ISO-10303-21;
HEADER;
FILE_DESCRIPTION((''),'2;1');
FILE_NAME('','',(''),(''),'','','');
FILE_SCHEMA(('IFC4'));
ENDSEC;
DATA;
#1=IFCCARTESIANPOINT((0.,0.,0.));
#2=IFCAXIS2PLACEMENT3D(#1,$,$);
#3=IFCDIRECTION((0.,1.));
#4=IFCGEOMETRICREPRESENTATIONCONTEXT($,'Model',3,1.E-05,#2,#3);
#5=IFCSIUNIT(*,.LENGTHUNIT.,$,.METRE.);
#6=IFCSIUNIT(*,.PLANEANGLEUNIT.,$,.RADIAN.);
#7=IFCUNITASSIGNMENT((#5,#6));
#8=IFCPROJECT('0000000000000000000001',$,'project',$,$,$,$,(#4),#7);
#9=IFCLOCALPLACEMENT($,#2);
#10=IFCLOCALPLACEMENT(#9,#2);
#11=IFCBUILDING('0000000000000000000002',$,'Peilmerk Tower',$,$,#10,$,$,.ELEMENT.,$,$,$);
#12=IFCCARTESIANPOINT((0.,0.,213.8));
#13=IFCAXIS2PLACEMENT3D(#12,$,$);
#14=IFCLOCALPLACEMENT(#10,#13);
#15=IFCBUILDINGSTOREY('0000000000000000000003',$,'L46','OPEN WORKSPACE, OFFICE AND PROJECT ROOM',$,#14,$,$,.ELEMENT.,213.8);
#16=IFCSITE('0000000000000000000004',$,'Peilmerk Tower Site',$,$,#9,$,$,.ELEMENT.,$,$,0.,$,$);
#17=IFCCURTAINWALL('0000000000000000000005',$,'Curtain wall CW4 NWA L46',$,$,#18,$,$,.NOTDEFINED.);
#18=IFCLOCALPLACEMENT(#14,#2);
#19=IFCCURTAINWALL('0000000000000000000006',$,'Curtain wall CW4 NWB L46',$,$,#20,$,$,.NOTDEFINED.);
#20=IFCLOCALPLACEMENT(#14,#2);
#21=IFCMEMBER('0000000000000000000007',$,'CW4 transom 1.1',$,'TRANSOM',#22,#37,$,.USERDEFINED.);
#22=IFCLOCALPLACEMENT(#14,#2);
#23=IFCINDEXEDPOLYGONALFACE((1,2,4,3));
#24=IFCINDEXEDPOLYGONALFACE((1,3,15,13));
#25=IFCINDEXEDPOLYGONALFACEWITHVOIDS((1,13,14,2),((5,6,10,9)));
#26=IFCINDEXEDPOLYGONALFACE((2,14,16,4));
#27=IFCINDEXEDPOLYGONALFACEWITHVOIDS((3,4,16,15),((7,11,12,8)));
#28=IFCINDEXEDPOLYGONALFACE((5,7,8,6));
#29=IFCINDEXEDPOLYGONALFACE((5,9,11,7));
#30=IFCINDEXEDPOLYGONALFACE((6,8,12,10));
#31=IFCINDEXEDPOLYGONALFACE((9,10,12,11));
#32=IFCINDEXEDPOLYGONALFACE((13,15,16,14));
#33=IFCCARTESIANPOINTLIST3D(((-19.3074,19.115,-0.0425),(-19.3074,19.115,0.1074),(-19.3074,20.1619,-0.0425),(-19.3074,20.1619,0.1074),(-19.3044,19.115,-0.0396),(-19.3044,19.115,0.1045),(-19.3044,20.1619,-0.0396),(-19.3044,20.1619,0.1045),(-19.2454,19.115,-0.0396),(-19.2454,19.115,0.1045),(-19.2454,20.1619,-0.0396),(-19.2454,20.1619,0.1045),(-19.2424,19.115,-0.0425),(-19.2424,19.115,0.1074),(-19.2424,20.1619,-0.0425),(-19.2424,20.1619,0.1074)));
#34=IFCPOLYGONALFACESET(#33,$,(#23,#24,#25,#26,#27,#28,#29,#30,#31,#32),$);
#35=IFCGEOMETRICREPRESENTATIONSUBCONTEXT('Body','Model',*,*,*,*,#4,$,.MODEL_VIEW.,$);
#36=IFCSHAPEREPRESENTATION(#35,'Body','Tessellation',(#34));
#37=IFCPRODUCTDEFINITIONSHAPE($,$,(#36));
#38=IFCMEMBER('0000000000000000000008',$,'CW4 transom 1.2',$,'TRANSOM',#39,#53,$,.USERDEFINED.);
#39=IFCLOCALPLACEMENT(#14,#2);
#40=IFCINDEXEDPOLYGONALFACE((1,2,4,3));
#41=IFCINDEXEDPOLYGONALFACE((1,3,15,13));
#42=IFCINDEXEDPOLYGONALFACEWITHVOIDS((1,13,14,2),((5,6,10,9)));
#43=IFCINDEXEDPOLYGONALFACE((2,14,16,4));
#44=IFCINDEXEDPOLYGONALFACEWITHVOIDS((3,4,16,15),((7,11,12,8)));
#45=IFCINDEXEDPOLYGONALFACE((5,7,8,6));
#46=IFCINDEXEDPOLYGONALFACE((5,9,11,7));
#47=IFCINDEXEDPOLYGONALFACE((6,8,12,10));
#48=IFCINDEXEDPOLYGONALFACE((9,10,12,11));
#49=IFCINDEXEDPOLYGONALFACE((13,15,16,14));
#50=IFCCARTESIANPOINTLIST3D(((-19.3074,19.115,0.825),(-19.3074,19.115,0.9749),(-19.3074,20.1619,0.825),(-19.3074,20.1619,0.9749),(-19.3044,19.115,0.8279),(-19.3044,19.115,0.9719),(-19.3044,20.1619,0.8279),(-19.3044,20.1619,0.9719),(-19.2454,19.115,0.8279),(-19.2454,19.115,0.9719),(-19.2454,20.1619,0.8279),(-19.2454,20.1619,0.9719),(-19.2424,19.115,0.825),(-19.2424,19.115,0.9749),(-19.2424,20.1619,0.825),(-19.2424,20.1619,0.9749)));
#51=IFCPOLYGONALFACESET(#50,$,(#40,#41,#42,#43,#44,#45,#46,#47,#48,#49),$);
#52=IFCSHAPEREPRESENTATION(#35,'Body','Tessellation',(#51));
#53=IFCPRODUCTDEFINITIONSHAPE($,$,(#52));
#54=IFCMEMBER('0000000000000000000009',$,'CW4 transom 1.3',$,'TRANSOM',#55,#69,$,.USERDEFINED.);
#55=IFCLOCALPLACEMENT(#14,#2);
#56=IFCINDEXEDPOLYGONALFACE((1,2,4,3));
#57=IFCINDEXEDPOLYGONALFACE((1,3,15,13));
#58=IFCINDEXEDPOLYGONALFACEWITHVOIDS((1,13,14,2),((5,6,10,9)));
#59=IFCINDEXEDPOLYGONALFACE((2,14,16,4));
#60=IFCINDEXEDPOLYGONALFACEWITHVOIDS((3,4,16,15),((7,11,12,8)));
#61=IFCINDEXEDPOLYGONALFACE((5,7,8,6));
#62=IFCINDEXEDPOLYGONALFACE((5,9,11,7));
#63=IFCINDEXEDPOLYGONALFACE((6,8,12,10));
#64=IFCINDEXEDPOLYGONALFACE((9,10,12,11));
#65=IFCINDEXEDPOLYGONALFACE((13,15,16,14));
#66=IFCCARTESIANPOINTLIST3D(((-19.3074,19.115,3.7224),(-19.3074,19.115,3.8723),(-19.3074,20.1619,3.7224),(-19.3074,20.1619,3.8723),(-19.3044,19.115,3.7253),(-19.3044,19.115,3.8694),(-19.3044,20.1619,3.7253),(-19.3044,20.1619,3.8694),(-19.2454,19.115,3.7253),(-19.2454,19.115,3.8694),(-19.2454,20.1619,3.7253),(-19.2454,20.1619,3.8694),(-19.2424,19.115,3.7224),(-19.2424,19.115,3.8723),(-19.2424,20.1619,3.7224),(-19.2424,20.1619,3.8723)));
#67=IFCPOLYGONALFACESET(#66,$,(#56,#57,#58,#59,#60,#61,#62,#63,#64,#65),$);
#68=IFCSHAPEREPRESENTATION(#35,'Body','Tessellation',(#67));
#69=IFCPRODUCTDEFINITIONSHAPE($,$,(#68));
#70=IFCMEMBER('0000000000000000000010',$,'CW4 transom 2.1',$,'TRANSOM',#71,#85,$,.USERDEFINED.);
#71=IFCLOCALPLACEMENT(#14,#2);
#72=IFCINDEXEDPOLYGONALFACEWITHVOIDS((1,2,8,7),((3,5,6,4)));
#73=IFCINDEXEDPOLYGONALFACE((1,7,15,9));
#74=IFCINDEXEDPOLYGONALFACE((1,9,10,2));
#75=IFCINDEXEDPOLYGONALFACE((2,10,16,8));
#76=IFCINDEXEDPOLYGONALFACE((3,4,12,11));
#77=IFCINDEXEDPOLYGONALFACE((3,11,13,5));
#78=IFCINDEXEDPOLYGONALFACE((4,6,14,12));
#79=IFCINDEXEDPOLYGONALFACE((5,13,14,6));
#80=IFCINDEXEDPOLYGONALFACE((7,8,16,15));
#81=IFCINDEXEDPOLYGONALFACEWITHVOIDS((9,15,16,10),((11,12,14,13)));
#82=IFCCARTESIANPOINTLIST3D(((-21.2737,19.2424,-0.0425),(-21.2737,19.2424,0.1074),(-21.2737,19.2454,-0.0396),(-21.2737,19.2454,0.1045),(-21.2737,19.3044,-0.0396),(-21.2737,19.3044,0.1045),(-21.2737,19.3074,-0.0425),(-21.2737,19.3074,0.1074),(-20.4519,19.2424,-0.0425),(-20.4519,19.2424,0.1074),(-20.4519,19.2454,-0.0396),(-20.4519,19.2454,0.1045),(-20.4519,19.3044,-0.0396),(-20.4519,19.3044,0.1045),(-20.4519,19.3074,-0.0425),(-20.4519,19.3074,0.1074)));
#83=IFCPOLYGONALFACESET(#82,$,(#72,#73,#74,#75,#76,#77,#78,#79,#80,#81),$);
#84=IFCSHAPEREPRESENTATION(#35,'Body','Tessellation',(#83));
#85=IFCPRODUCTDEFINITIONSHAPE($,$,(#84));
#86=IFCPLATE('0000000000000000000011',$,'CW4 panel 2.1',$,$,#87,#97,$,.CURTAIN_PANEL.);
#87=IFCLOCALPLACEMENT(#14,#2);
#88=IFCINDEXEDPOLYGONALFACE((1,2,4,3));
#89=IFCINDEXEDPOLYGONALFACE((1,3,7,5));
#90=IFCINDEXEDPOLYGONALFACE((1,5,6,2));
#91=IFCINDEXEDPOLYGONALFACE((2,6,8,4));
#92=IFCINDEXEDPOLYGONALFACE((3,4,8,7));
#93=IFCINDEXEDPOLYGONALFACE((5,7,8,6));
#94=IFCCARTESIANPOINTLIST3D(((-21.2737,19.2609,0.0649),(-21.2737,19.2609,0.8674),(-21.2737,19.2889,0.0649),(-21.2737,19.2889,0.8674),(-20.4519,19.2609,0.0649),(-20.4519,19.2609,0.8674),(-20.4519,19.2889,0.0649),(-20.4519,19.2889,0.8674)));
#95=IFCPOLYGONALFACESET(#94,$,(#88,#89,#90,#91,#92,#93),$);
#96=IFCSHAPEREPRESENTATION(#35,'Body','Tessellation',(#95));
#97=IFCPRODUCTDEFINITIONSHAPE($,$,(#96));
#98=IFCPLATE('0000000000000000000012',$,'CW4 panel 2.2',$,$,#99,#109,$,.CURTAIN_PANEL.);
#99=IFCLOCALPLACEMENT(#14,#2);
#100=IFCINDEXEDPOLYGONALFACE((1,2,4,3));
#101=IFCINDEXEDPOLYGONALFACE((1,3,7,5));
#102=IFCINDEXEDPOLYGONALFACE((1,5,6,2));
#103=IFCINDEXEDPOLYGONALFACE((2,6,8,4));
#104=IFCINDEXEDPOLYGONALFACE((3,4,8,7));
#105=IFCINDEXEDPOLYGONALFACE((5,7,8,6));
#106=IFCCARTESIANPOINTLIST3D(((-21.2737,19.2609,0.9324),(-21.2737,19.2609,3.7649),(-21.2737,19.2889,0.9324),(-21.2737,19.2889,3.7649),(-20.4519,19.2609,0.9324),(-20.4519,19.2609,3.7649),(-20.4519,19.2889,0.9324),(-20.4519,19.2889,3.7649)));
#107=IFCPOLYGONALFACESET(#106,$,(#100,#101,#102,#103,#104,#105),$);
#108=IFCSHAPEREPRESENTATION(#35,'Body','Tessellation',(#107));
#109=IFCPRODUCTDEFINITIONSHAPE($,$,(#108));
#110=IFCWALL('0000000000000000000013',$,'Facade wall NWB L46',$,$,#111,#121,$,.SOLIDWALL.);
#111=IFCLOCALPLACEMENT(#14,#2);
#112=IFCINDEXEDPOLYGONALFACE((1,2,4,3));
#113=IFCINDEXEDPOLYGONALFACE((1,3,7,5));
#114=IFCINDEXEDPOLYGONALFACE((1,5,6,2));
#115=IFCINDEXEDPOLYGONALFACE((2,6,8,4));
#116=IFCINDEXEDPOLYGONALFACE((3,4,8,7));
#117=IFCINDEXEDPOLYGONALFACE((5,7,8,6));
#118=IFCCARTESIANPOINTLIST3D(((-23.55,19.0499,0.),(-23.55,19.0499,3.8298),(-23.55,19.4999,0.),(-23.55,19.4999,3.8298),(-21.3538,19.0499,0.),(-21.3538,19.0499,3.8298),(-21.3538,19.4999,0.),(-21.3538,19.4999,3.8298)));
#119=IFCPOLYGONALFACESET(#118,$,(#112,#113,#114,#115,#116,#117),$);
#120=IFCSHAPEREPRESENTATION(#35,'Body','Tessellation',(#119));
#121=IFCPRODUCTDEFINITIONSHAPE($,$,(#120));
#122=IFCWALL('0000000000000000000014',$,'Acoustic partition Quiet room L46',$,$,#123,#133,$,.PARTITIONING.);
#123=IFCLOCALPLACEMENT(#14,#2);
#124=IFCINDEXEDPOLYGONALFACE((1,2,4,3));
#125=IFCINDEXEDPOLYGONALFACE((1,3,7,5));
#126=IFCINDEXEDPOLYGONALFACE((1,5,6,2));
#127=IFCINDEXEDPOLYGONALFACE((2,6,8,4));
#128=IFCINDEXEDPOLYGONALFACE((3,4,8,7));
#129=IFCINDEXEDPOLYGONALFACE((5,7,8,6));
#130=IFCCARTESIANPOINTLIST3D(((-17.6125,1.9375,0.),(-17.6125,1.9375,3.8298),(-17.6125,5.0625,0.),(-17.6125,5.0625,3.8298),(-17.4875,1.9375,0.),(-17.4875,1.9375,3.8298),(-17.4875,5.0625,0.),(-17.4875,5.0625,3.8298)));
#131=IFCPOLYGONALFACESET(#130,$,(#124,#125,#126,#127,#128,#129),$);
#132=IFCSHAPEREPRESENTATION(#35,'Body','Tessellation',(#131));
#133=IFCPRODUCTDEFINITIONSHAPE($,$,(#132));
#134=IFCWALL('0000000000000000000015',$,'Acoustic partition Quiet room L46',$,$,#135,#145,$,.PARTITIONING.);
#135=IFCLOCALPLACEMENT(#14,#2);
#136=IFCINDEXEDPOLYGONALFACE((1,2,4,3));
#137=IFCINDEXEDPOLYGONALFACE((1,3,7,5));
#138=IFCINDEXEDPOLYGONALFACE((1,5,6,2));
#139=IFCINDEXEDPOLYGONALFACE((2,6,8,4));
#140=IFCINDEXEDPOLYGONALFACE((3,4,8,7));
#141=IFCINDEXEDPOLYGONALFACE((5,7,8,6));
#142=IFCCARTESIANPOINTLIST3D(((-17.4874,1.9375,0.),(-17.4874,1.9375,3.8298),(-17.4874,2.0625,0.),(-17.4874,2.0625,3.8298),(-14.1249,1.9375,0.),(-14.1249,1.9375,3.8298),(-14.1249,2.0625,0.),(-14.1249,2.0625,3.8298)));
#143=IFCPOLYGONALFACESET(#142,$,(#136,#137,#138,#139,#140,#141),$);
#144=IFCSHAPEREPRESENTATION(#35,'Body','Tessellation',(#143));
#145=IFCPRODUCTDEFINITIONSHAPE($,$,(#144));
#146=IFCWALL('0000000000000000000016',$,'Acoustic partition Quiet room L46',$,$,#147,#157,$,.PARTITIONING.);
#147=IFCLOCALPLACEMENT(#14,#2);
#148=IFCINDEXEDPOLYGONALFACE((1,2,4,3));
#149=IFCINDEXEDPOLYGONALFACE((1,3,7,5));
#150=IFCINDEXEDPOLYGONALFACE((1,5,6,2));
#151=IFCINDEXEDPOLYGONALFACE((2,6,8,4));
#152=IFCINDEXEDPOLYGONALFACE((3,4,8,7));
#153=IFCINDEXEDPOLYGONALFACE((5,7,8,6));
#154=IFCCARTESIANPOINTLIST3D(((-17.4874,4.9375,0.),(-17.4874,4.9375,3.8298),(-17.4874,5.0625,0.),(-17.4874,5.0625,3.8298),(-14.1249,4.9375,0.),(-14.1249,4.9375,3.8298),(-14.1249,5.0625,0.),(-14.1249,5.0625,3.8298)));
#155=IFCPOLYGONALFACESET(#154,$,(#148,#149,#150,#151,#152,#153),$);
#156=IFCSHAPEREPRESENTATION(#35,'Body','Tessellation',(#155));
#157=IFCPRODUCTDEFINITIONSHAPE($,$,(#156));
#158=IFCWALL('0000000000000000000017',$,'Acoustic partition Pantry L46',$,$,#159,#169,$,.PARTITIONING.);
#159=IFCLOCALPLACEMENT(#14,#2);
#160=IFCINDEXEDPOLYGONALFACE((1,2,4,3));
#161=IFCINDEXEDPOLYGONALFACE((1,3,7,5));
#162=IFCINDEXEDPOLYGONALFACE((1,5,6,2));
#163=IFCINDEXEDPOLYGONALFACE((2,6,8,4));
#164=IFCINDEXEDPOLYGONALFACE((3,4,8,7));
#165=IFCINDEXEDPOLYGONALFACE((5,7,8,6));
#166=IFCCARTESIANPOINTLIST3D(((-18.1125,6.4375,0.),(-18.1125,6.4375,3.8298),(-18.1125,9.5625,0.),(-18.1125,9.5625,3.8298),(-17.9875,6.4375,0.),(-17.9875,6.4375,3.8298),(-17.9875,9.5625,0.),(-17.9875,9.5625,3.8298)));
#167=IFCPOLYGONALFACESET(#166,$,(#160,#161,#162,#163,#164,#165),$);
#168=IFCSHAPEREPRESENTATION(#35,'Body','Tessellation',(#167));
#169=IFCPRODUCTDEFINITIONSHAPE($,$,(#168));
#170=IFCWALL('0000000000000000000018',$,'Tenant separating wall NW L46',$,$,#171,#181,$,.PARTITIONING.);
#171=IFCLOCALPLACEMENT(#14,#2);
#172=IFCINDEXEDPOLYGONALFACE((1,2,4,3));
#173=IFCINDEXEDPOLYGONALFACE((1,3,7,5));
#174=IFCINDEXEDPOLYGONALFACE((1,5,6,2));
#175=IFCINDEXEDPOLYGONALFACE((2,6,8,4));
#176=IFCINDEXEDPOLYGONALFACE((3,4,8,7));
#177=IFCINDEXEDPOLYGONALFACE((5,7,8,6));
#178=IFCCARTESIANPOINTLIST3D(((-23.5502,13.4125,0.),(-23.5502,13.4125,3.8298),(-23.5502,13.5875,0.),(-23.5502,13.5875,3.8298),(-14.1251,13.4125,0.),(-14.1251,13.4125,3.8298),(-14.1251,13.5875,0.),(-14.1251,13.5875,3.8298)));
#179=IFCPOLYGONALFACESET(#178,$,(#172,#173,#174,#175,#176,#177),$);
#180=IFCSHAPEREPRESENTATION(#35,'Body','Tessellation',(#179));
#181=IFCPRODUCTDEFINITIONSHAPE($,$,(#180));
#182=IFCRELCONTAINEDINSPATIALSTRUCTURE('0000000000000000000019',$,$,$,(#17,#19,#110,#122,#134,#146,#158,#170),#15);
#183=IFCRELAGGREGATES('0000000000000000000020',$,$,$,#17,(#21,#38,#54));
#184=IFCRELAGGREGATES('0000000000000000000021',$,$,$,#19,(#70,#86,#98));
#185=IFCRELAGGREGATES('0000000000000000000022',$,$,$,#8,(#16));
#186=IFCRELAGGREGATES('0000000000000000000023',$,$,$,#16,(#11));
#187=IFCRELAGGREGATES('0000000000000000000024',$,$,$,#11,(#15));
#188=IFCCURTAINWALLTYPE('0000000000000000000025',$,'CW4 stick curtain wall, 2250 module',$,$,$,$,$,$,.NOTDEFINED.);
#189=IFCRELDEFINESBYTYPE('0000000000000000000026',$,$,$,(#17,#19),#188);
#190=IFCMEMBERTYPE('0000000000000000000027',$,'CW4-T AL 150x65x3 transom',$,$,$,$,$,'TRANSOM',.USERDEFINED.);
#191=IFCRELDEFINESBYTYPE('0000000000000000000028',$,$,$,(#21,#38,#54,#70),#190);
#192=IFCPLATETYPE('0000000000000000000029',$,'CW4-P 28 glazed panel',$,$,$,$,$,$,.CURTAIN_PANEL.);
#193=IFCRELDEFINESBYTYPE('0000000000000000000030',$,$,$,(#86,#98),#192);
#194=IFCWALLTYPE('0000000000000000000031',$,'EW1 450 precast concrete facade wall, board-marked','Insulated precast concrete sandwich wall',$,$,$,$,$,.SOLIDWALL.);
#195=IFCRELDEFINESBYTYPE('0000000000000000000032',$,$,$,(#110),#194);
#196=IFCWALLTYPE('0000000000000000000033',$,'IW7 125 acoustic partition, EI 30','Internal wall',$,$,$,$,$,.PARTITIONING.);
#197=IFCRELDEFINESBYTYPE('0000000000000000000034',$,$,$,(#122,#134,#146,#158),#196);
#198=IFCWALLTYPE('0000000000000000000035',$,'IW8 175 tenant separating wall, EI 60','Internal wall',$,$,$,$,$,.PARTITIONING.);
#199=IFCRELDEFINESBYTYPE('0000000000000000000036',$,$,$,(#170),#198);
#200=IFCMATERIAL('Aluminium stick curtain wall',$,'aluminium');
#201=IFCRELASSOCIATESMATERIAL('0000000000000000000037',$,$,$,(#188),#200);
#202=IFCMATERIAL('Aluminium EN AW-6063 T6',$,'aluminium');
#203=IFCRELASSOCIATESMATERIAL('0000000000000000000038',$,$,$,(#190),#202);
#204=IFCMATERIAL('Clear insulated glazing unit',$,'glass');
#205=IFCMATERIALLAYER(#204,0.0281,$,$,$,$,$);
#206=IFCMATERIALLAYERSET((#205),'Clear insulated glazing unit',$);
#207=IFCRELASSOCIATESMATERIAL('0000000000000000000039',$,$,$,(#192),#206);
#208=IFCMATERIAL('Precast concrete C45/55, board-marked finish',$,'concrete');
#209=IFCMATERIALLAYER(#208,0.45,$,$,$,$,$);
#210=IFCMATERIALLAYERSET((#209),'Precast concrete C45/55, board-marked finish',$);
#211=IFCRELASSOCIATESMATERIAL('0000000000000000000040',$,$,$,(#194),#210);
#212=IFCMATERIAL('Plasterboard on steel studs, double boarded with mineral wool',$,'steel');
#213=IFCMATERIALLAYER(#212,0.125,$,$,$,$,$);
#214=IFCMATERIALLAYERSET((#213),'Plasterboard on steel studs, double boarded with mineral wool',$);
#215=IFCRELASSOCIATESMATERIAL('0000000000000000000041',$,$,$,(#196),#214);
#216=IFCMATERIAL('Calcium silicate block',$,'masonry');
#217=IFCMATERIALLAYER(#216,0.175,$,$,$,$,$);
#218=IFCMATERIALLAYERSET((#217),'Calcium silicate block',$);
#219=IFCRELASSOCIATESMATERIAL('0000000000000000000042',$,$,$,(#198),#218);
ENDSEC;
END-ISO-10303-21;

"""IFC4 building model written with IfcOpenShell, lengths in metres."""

from ifc_helpers import new_model, si_unit, direction, frame, frame_2d, origin, origin_2d, place, context, subcontext, project, spatial, rectangle, hollow_rectangle, extrude, material, layer, layer_set, material_profile, profile_set, type_object, element, aggregate, save


model = new_model("IFC4")

# Units and contexts
model_context = context("Model", 3, precision=1e-05, world=origin(), true_north=direction((0.0, 1.0)))
body_context = subcontext(model_context, "Body", "Model", "MODEL_VIEW")
ifc_project = project(units=[si_unit("LENGTHUNIT", "METRE"), si_unit("PLANEANGLEUNIT", "RADIAN")], contexts=[model_context])

# Site, building, storey
site_placement = place(None, origin())
site = spatial("IfcSite", under=ifc_project, at=site_placement, Name="Peilmerk Tower Site", CompositionType="ELEMENT", RefElevation=0.0)
building_placement = place(site_placement, origin())
building = spatial("IfcBuilding", under=site, at=building_placement, Name="Peilmerk Tower", CompositionType="ELEMENT")
storey_placement = place(building_placement, frame((0.0, 0.0, 213.8)))
storey = spatial("IfcBuildingStorey", under=building, at=storey_placement, Name="L46", Description="OPEN WORKSPACE, OFFICE AND PROJECT ROOM", CompositionType="ELEMENT", Elevation=213.8)

# Curtain walls
ifc_material_1 = material(Name="Aluminium stick curtain wall", Category="aluminium")
curtain_wall_type = type_object("IfcCurtainWallType", Name="CW4 stick curtain wall, 2250 module", PredefinedType="NOTDEFINED", material=ifc_material_1)
curtain_wall_1_placement = place(storey_placement, origin())
curtain_wall_1 = element("IfcCurtainWall", 1, at=curtain_wall_1_placement, inside=storey, type_object=curtain_wall_type, Name="Curtain wall CW4 NWA L46", PredefinedType="NOTDEFINED")
ifc_material_2 = material(Name="Aluminium EN AW-6063 T6", Category="aluminium")
curtain_wall_2_placement = place(storey_placement, origin())
curtain_wall_2 = element("IfcCurtainWall", 2, at=curtain_wall_2_placement, inside=storey, type_object=curtain_wall_type, Name="Curtain wall CW4 NWB L46", PredefinedType="NOTDEFINED")

# Members
ifc_material_profile_1 = material_profile(ifc_material_2, hollow_rectangle(XDim=0.0649, YDim=0.1499, WallThickness=0.0029, at=origin_2d()), Name="AL 150x65x3")
ifc_profile_set_1 = profile_set([ifc_material_profile_1], Name="Aluminium EN AW-6063 T6")
member_type_1 = type_object("IfcMemberType", Name="CW4-T AL 150x65x3 transom", ElementType="TRANSOM", PredefinedType="USERDEFINED", material=ifc_profile_set_1)
member_1_placement = place(storey_placement, frame((-19.2749, 19.115, 0.0325), z_axis=(0.0, 1.0, 0.0), x_axis=(-1.0, 0.0, 0.0)))
member_1 = element("IfcMember", 3, at=member_1_placement, type_object=member_type_1, Name="CW4 transom 1.1", ObjectType="TRANSOM", PredefinedType="USERDEFINED", context=body_context, shape_type="SweptSolid", body=[
    extrude(hollow_rectangle(XDim=0.0649, YDim=0.1499, WallThickness=0.0029, at=origin_2d()), origin(), (0.0, 0.0, 1.0), 1.0469),
])
member_2_placement = place(storey_placement, frame((-19.2749, 19.115, 0.8999), z_axis=(0.0, 1.0, 0.0), x_axis=(-1.0, 0.0, 0.0)))
member_2 = element("IfcMember", 4, at=member_2_placement, type_object=member_type_1, Name="CW4 transom 1.2", ObjectType="TRANSOM", PredefinedType="USERDEFINED", context=body_context, shape_type="SweptSolid", body=[
    extrude(hollow_rectangle(XDim=0.0649, YDim=0.1499, WallThickness=0.0029, at=origin_2d()), origin(), (0.0, 0.0, 1.0), 1.0469),
])
member_3_placement = place(storey_placement, frame((-19.2749, 19.115, 3.7974), z_axis=(0.0, 1.0, 0.0), x_axis=(-1.0, 0.0, 0.0)))
member_3 = element("IfcMember", 5, at=member_3_placement, type_object=member_type_1, Name="CW4 transom 1.3", ObjectType="TRANSOM", PredefinedType="USERDEFINED", context=body_context, shape_type="SweptSolid", body=[
    extrude(hollow_rectangle(XDim=0.0649, YDim=0.1499, WallThickness=0.0029, at=origin_2d()), origin(), (0.0, 0.0, 1.0), 1.0469),
])
aggregate(curtain_wall_1, [member_1, member_2, member_3])
member_4_placement = place(storey_placement, frame((-20.4519, 19.2749, 0.0325), z_axis=(-1.0, 0.0, 0.0), x_axis=(0.0, -1.0, 0.0)))
member_4 = element("IfcMember", 6, at=member_4_placement, type_object=member_type_1, Name="CW4 transom 2.1", ObjectType="TRANSOM", PredefinedType="USERDEFINED", context=body_context, shape_type="SweptSolid", body=[
    extrude(hollow_rectangle(XDim=0.0649, YDim=0.1499, WallThickness=0.0029, at=origin_2d()), origin(), (0.0, 0.0, 1.0), 0.8218),
])

# Plates
ifc_material_3 = material(Name="Clear insulated glazing unit", Category="glass")
ifc_layer_1 = layer(ifc_material_3, 0.0281)
ifc_layer_set_1 = layer_set([ifc_layer_1], Name="Clear insulated glazing unit")
plate_type = type_object("IfcPlateType", Name="CW4-P 28 glazed panel", PredefinedType="CURTAIN_PANEL", material=ifc_layer_set_1)
plate_1_placement = place(storey_placement, frame((-20.8628, 19.2749, 0.0649), z_axis=(0.0, 0.0, 1.0), x_axis=(-1.0, 0.0, 0.0)))
plate_1 = element("IfcPlate", 7, at=plate_1_placement, type_object=plate_type, Name="CW4 panel 2.1", PredefinedType="CURTAIN_PANEL", context=body_context, shape_type="SweptSolid", body=[
    extrude(rectangle(XDim=0.8218, YDim=0.0281, at=origin_2d()), origin(), (0.0, 0.0, 1.0), 0.8025),
])
plate_2_placement = place(storey_placement, frame((-20.8628, 19.2749, 0.9324), z_axis=(0.0, 0.0, 1.0), x_axis=(-1.0, 0.0, 0.0)))
plate_2 = element("IfcPlate", 8, at=plate_2_placement, type_object=plate_type, Name="CW4 panel 2.2", PredefinedType="CURTAIN_PANEL", context=body_context, shape_type="SweptSolid", body=[
    extrude(rectangle(XDim=0.8218, YDim=0.0281, at=origin_2d()), origin(), (0.0, 0.0, 1.0), 2.8325),
])
aggregate(curtain_wall_2, [member_4, plate_1, plate_2])

# Walls
ifc_material_4 = material(Name="Precast concrete C45/55, board-marked finish", Category="concrete")
ifc_layer_2 = layer(ifc_material_4, 0.45)
ifc_layer_set_2 = layer_set([ifc_layer_2], Name="Precast concrete C45/55, board-marked finish")
wall_type_1 = type_object("IfcWallType", Name="EW1 450 precast concrete facade wall, board-marked", Description="Insulated precast concrete sandwich wall", PredefinedType="SOLIDWALL", material=ifc_layer_set_2)
wall_1_placement = place(storey_placement, frame((-21.3538, 19.2749, 0.0), z_axis=(0.0, 0.0, 1.0), x_axis=(-1.0, 0.0, 0.0)))
element("IfcWall", 9, at=wall_1_placement, inside=storey, type_object=wall_type_1, Name="Facade wall NWB L46", PredefinedType="SOLIDWALL", context=body_context, shape_type="SweptSolid", body=[
    extrude(rectangle(XDim=2.1963, YDim=0.45, at=frame_2d((1.0981, 0.0))), origin(), (0.0, 0.0, 1.0), 3.8298),
])
ifc_material_5 = material(Name="Plasterboard on steel studs, double boarded with mineral wool", Category="steel")
ifc_layer_3 = layer(ifc_material_5, 0.125)
ifc_layer_set_3 = layer_set([ifc_layer_3], Name="Plasterboard on steel studs, double boarded with mineral wool")
wall_type_2 = type_object("IfcWallType", Name="IW7 125 acoustic partition, EI 30", Description="Internal wall", PredefinedType="PARTITIONING", material=ifc_layer_set_3)
wall_2_placement = place(storey_placement, frame((-17.55, 1.9375, 0.0), z_axis=(0.0, 0.0, 1.0), x_axis=(0.0, 1.0, 0.0)))
element("IfcWall", 10, at=wall_2_placement, inside=storey, type_object=wall_type_2, Name="Acoustic partition Quiet room L46", PredefinedType="PARTITIONING", context=body_context, shape_type="SweptSolid", body=[
    extrude(rectangle(XDim=3.125, YDim=0.125, at=frame_2d((1.5625, 0.0))), origin(), (0.0, 0.0, 1.0), 3.8298),
])
for number, where, z_axis, x_axis, name in (
    (11, (-14.125, 2.0, 0.0), (0.0, 0.0, 1.0), (-1.0, 0.0, 0.0), "Acoustic partition Quiet room L46"),
    (12, (-14.125, 5.0, 0.0), (0.0, 0.0, 1.0), (-1.0, 0.0, 0.0), "Acoustic partition Quiet room L46"),
):
    element("IfcWall", number, at=place(storey_placement, frame(where, z_axis=z_axis, x_axis=x_axis)), inside=storey, type_object=wall_type_2, Name=name, PredefinedType="PARTITIONING", context=body_context, shape_type="SweptSolid", body=[
        extrude(rectangle(XDim=3.3625, YDim=0.125, at=frame_2d((1.6812, 0.0))), origin(), (0.0, 0.0, 1.0), 3.8298),
    ])
wall_3_placement = place(storey_placement, frame((-18.05, 6.4375, 0.0), z_axis=(0.0, 0.0, 1.0), x_axis=(0.0, 1.0, 0.0)))
element("IfcWall", 13, at=wall_3_placement, inside=storey, type_object=wall_type_2, Name="Acoustic partition Pantry L46", PredefinedType="PARTITIONING", context=body_context, shape_type="SweptSolid", body=[
    extrude(rectangle(XDim=3.125, YDim=0.125, at=frame_2d((1.5625, 0.0))), origin(), (0.0, 0.0, 1.0), 3.8298),
])
ifc_material_6 = material(Name="Calcium silicate block", Category="masonry")
ifc_layer_4 = layer(ifc_material_6, 0.175)
ifc_layer_set_4 = layer_set([ifc_layer_4], Name="Calcium silicate block")
wall_type_3 = type_object("IfcWallType", Name="IW8 175 tenant separating wall, EI 60", Description="Internal wall", PredefinedType="PARTITIONING", material=ifc_layer_set_4)
wall_4_placement = place(storey_placement, frame((-23.55, 13.5, 0.0), z_axis=(0.0, 0.0, 1.0), x_axis=(1.0, 0.0, 0.0)))
element("IfcWall", 14, at=wall_4_placement, inside=storey, type_object=wall_type_3, Name="Tenant separating wall NW L46", PredefinedType="PARTITIONING", context=body_context, shape_type="SweptSolid", body=[
    extrude(rectangle(XDim=9.425, YDim=0.175, at=frame_2d((4.7124, 0.0))), origin(), (0.0, 0.0, 1.0), 3.8298),
])

save(model, "model.ifc")
